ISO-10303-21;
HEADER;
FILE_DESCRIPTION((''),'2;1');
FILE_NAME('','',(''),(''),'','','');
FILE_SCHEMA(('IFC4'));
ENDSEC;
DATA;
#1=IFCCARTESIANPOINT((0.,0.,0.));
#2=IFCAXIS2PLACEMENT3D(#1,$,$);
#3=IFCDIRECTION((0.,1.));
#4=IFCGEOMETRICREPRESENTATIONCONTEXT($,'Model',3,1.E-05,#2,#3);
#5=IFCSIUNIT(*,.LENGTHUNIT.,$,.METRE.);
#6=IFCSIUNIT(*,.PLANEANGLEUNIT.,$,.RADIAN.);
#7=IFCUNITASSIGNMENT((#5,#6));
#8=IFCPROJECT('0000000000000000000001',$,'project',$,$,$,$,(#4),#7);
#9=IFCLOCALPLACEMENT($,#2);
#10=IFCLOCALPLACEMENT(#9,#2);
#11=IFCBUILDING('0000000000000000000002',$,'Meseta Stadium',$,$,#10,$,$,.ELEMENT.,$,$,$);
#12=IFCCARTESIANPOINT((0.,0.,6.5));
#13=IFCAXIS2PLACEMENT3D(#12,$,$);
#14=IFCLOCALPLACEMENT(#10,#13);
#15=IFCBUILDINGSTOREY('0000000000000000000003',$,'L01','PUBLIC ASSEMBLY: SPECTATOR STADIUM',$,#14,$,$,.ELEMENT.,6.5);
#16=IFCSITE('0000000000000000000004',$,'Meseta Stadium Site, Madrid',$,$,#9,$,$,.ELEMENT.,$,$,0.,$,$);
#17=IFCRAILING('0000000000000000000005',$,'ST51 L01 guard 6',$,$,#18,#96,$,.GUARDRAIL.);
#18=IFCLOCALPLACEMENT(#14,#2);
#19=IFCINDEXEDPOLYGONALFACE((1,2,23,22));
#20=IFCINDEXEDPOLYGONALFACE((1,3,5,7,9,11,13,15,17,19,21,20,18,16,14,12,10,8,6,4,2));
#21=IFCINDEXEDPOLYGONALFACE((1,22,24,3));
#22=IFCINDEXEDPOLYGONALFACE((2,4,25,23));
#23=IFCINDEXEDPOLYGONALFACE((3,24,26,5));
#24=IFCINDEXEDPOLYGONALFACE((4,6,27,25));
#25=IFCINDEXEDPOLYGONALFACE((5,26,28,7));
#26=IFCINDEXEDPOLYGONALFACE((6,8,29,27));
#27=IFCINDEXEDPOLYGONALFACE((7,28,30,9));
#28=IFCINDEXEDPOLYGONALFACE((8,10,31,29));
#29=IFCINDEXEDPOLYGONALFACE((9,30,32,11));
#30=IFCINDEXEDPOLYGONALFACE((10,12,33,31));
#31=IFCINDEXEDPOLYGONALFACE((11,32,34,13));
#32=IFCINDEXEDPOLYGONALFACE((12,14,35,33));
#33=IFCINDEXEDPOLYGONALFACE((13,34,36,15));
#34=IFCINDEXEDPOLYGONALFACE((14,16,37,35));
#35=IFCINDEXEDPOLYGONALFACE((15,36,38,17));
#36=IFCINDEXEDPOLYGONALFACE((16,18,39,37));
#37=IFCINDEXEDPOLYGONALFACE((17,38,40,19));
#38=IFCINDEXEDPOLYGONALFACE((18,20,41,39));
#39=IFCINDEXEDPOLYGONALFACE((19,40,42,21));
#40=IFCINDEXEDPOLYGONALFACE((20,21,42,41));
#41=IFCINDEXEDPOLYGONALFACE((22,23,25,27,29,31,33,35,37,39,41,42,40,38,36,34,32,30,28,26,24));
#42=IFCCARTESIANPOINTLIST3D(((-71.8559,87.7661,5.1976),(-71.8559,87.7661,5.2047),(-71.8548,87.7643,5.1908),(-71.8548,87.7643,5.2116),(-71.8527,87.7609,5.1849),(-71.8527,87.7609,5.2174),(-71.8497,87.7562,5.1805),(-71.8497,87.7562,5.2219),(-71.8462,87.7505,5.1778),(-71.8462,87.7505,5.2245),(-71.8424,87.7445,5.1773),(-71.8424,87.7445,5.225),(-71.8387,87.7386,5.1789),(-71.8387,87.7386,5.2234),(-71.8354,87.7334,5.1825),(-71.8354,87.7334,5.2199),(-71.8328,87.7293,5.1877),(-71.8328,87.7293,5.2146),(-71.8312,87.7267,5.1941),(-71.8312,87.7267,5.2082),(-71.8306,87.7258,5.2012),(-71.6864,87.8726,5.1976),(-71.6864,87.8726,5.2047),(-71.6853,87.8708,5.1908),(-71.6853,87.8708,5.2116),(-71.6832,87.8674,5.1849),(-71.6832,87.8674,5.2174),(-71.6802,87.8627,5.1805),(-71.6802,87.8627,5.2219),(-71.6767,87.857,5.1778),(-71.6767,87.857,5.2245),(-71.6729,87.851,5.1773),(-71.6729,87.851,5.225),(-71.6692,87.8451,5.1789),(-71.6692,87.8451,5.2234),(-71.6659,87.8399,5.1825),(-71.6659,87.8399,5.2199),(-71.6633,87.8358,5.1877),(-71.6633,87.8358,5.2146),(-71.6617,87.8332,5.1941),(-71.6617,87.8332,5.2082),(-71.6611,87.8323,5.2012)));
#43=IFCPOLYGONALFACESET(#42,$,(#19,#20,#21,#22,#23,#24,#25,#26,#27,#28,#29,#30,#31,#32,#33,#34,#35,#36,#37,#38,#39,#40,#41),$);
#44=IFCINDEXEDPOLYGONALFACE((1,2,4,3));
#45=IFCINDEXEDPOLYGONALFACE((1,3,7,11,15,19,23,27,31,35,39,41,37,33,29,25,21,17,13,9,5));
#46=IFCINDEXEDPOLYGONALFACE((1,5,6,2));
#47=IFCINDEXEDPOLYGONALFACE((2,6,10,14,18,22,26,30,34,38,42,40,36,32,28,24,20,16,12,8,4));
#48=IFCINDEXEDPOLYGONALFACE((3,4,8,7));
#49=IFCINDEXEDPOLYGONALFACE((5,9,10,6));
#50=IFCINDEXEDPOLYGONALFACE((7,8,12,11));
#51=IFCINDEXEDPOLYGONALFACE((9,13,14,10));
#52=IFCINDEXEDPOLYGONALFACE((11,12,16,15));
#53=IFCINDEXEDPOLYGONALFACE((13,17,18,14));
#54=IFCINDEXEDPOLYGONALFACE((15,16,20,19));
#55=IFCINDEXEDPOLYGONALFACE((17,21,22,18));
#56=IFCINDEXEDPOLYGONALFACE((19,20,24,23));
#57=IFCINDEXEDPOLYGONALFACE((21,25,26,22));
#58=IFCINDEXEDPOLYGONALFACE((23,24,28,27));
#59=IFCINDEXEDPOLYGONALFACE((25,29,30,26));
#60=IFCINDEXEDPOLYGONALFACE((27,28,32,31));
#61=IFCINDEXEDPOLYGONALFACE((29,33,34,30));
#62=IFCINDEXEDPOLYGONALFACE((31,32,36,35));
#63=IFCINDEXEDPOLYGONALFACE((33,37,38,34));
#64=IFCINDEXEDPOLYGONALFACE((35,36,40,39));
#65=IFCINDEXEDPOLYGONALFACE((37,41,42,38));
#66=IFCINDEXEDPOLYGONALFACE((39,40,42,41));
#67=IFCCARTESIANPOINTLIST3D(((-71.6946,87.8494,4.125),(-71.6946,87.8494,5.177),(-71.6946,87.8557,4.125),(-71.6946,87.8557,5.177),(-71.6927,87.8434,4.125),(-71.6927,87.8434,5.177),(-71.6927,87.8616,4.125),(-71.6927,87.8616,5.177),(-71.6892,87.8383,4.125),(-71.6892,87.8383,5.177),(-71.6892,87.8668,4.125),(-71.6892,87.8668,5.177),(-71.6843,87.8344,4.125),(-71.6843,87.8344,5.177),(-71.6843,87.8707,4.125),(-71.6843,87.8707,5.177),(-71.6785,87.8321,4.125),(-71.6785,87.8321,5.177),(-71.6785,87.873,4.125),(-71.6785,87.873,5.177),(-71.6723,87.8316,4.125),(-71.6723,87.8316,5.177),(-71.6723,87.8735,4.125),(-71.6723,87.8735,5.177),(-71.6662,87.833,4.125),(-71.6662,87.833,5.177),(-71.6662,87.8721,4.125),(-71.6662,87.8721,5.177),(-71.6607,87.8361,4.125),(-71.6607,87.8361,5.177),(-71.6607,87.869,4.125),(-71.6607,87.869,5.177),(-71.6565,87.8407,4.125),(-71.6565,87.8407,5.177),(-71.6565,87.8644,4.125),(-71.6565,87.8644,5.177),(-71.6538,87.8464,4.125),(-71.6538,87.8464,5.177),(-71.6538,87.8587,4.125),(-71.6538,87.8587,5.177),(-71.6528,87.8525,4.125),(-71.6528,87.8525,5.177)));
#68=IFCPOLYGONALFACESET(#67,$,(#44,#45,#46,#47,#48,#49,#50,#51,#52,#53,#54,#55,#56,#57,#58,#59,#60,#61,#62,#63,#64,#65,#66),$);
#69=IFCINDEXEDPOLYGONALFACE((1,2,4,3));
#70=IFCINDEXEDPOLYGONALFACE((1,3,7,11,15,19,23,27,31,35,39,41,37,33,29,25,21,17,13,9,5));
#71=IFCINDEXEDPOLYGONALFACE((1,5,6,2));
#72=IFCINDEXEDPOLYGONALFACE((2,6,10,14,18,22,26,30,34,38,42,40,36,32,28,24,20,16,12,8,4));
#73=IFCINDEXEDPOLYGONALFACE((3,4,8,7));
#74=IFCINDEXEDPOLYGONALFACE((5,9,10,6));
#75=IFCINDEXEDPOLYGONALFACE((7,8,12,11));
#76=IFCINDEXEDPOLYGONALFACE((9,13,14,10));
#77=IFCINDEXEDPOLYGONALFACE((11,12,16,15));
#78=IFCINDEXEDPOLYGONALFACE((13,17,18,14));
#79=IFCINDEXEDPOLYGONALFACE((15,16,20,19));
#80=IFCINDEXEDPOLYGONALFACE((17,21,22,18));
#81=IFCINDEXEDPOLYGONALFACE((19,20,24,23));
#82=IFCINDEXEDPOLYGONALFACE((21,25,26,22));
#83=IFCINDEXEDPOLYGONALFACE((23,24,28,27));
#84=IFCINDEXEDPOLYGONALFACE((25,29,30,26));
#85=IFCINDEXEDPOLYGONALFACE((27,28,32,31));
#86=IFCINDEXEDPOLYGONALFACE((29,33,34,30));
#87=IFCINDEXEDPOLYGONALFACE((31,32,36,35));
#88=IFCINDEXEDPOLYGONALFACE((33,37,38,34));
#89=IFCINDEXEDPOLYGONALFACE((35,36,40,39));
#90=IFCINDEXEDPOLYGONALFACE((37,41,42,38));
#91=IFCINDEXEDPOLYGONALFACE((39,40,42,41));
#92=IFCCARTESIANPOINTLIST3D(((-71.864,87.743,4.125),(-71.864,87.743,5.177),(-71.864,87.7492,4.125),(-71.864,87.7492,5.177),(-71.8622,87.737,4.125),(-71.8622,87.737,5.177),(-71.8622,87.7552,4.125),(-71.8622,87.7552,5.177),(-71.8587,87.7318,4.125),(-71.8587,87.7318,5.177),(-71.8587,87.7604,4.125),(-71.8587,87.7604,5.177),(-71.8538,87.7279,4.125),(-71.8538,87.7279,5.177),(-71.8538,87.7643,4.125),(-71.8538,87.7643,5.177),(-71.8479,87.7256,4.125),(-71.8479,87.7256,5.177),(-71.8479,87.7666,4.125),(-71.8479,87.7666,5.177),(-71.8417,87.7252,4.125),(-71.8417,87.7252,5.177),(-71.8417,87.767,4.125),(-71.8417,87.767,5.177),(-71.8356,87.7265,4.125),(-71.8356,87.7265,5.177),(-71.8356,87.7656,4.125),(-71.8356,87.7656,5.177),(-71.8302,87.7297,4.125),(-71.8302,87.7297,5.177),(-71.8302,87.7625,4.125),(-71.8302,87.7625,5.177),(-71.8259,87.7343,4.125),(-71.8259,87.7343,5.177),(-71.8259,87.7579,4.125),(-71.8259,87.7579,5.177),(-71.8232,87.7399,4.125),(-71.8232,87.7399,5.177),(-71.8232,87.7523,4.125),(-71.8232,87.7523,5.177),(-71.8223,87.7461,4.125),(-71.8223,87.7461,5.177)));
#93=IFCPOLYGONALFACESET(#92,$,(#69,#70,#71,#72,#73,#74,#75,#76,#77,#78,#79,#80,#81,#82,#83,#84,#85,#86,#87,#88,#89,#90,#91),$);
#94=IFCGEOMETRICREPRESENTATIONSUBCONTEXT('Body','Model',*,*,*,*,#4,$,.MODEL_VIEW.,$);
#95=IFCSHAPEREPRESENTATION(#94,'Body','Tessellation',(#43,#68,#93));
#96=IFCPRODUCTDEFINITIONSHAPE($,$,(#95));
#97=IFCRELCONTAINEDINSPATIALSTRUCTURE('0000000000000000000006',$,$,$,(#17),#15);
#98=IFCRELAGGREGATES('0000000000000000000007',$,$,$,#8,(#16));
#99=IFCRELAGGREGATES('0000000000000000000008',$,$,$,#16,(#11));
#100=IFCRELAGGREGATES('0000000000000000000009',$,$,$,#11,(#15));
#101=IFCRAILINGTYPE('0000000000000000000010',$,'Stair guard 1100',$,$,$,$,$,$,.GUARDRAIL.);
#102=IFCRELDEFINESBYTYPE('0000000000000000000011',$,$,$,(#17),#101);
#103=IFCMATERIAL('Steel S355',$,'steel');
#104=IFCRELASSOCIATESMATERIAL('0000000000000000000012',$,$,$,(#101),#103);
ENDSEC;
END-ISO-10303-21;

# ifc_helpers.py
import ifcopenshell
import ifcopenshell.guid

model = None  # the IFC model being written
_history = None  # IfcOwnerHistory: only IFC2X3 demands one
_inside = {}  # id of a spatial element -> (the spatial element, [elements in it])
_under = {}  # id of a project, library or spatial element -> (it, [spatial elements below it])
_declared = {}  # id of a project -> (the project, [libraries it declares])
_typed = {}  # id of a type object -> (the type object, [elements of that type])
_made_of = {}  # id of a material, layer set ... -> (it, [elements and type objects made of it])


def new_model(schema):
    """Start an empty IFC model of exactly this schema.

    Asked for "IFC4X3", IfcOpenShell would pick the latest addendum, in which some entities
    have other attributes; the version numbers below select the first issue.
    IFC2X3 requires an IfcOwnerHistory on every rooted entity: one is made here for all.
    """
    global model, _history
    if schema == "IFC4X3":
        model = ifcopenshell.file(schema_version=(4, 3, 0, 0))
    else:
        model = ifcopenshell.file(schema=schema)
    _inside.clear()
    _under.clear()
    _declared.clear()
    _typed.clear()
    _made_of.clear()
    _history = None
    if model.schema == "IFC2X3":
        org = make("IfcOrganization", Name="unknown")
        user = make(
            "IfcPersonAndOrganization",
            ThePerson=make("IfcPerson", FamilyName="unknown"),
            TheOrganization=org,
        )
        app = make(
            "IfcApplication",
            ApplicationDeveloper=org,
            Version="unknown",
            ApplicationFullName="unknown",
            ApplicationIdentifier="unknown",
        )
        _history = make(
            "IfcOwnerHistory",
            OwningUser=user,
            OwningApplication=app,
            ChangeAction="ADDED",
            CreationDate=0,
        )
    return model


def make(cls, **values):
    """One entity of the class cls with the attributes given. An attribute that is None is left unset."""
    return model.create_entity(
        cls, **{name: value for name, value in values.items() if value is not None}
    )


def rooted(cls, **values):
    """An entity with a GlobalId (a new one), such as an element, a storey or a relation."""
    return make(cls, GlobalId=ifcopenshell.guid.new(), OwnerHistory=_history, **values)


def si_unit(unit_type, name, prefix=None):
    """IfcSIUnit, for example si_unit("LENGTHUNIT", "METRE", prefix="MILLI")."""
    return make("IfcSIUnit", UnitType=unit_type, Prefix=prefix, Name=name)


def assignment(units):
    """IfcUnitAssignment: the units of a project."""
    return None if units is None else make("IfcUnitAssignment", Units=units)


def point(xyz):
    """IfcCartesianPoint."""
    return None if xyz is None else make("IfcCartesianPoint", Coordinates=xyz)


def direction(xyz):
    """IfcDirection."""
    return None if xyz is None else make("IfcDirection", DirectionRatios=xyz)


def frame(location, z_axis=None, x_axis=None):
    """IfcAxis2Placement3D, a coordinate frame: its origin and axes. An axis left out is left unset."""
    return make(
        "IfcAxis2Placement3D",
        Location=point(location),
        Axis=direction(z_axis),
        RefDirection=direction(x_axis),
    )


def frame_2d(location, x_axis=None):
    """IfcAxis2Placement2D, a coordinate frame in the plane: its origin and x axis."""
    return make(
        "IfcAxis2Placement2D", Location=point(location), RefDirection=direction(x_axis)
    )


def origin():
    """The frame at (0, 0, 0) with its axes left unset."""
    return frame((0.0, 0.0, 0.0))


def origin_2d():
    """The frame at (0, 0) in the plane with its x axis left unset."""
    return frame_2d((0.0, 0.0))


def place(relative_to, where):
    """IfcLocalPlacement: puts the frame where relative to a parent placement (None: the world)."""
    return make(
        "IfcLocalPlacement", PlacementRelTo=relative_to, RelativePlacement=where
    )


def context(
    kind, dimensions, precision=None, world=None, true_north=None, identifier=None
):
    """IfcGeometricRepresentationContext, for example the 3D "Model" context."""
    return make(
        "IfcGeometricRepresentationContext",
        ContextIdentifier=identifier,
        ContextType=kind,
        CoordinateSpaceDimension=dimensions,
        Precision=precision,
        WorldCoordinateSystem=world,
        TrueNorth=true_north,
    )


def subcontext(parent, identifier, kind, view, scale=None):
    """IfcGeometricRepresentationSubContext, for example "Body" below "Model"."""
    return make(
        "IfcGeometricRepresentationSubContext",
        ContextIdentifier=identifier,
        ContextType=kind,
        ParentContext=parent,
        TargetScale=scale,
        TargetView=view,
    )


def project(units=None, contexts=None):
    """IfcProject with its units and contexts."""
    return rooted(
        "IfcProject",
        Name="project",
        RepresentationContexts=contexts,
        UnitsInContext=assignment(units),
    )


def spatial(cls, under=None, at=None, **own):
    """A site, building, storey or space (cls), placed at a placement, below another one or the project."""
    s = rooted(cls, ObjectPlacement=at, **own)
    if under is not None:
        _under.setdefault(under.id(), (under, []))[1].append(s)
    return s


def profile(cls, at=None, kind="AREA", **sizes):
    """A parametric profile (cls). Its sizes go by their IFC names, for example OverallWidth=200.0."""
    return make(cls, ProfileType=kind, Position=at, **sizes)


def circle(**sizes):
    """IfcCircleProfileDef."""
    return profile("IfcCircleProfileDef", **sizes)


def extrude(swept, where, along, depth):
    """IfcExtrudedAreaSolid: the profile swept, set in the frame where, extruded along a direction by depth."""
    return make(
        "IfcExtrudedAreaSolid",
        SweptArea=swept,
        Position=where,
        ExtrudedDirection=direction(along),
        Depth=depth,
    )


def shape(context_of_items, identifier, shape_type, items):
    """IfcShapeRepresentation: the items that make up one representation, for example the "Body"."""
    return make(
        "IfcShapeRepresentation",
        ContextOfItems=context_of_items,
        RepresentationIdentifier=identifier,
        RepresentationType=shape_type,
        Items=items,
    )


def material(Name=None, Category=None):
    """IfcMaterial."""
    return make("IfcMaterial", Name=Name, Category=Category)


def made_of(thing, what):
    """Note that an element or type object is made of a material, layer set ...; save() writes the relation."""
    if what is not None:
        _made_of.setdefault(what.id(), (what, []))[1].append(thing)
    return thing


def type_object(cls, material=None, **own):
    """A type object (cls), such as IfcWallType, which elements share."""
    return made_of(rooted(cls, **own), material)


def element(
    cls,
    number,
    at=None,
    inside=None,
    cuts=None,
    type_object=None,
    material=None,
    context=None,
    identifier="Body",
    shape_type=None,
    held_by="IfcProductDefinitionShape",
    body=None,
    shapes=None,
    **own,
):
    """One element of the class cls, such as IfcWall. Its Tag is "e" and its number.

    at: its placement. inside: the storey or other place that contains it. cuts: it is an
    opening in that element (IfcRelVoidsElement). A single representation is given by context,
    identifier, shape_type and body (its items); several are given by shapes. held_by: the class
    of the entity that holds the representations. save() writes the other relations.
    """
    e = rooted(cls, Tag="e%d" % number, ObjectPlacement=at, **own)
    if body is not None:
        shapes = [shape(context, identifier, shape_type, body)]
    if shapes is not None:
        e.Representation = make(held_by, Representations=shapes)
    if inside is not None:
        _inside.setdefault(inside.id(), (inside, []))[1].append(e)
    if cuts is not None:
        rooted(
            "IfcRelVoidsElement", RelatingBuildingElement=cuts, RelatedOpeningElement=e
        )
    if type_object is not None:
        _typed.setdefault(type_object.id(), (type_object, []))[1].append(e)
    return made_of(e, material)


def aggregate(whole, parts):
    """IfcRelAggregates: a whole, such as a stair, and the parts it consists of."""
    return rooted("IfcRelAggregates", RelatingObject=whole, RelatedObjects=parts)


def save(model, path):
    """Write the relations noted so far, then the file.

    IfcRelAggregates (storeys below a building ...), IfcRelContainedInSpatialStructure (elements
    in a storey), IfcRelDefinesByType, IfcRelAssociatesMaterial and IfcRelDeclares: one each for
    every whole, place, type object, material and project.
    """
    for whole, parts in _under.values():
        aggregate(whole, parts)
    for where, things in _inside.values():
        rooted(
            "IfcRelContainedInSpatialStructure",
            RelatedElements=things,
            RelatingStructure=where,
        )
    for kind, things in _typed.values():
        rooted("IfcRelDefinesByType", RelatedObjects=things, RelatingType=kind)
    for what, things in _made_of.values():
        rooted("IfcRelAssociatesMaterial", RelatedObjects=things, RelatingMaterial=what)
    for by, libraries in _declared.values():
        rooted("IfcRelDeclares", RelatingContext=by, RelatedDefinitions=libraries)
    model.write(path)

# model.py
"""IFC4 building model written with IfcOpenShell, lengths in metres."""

from ifc_helpers import new_model, si_unit, direction, frame, origin, origin_2d, place, context, subcontext, project, spatial, circle, extrude, material, type_object, element, save


model = new_model("IFC4")

# Units and contexts
model_context = context("Model", 3, precision=1e-05, world=origin(), true_north=direction((0.0, 1.0)))
body_context = subcontext(model_context, "Body", "Model", "MODEL_VIEW")
ifc_project = project(units=[si_unit("LENGTHUNIT", "METRE"), si_unit("PLANEANGLEUNIT", "RADIAN")], contexts=[model_context])

# Site, building, storey
site_placement = place(None, origin())
site = spatial("IfcSite", under=ifc_project, at=site_placement, Name="Meseta Stadium Site, Madrid", CompositionType="ELEMENT", RefElevation=0.0)
building_placement = place(site_placement, origin())
building = spatial("IfcBuilding", under=site, at=building_placement, Name="Meseta Stadium", CompositionType="ELEMENT")
storey_placement = place(building_placement, frame((0.0, 0.0, 6.5)))
storey = spatial("IfcBuildingStorey", under=building, at=storey_placement, Name="L01", Description="PUBLIC ASSEMBLY: SPECTATOR STADIUM", CompositionType="ELEMENT", Elevation=6.5)

# Railing
ifc_material_1 = material(Name="Steel S355", Category="steel")
railing_type_1 = type_object("IfcRailingType", Name="Stair guard 1100", PredefinedType="GUARDRAIL", material=ifc_material_1)
railing_1_placement = place(storey_placement, frame((-71.6738, 87.8525, 4.125)))
element("IfcRailing", 1, at=railing_1_placement, inside=storey, type_object=railing_type_1, Name="ST51 L01 guard 6", PredefinedType="GUARDRAIL", context=body_context, shape_type="SweptSolid", body=[
    extrude(circle(Radius=0.0239, at=origin_2d()), frame((0.0, 0.0, 1.0762), z_axis=(-0.846762, -0.531972, 0.0), x_axis=(0.531972, -0.846762, 0.0)), (0.0, 0.0, 1.0), 0.2002),
    extrude(circle(Radius=0.021, at=origin_2d()), origin(), (0.0, 0.0, 1.0), 1.052),
    extrude(circle(Radius=0.021, at=origin_2d()), frame((-0.1694, -0.1064, 0.0)), (0.0, 0.0, 1.0), 1.052),
])

save(model, "model.ifc")
